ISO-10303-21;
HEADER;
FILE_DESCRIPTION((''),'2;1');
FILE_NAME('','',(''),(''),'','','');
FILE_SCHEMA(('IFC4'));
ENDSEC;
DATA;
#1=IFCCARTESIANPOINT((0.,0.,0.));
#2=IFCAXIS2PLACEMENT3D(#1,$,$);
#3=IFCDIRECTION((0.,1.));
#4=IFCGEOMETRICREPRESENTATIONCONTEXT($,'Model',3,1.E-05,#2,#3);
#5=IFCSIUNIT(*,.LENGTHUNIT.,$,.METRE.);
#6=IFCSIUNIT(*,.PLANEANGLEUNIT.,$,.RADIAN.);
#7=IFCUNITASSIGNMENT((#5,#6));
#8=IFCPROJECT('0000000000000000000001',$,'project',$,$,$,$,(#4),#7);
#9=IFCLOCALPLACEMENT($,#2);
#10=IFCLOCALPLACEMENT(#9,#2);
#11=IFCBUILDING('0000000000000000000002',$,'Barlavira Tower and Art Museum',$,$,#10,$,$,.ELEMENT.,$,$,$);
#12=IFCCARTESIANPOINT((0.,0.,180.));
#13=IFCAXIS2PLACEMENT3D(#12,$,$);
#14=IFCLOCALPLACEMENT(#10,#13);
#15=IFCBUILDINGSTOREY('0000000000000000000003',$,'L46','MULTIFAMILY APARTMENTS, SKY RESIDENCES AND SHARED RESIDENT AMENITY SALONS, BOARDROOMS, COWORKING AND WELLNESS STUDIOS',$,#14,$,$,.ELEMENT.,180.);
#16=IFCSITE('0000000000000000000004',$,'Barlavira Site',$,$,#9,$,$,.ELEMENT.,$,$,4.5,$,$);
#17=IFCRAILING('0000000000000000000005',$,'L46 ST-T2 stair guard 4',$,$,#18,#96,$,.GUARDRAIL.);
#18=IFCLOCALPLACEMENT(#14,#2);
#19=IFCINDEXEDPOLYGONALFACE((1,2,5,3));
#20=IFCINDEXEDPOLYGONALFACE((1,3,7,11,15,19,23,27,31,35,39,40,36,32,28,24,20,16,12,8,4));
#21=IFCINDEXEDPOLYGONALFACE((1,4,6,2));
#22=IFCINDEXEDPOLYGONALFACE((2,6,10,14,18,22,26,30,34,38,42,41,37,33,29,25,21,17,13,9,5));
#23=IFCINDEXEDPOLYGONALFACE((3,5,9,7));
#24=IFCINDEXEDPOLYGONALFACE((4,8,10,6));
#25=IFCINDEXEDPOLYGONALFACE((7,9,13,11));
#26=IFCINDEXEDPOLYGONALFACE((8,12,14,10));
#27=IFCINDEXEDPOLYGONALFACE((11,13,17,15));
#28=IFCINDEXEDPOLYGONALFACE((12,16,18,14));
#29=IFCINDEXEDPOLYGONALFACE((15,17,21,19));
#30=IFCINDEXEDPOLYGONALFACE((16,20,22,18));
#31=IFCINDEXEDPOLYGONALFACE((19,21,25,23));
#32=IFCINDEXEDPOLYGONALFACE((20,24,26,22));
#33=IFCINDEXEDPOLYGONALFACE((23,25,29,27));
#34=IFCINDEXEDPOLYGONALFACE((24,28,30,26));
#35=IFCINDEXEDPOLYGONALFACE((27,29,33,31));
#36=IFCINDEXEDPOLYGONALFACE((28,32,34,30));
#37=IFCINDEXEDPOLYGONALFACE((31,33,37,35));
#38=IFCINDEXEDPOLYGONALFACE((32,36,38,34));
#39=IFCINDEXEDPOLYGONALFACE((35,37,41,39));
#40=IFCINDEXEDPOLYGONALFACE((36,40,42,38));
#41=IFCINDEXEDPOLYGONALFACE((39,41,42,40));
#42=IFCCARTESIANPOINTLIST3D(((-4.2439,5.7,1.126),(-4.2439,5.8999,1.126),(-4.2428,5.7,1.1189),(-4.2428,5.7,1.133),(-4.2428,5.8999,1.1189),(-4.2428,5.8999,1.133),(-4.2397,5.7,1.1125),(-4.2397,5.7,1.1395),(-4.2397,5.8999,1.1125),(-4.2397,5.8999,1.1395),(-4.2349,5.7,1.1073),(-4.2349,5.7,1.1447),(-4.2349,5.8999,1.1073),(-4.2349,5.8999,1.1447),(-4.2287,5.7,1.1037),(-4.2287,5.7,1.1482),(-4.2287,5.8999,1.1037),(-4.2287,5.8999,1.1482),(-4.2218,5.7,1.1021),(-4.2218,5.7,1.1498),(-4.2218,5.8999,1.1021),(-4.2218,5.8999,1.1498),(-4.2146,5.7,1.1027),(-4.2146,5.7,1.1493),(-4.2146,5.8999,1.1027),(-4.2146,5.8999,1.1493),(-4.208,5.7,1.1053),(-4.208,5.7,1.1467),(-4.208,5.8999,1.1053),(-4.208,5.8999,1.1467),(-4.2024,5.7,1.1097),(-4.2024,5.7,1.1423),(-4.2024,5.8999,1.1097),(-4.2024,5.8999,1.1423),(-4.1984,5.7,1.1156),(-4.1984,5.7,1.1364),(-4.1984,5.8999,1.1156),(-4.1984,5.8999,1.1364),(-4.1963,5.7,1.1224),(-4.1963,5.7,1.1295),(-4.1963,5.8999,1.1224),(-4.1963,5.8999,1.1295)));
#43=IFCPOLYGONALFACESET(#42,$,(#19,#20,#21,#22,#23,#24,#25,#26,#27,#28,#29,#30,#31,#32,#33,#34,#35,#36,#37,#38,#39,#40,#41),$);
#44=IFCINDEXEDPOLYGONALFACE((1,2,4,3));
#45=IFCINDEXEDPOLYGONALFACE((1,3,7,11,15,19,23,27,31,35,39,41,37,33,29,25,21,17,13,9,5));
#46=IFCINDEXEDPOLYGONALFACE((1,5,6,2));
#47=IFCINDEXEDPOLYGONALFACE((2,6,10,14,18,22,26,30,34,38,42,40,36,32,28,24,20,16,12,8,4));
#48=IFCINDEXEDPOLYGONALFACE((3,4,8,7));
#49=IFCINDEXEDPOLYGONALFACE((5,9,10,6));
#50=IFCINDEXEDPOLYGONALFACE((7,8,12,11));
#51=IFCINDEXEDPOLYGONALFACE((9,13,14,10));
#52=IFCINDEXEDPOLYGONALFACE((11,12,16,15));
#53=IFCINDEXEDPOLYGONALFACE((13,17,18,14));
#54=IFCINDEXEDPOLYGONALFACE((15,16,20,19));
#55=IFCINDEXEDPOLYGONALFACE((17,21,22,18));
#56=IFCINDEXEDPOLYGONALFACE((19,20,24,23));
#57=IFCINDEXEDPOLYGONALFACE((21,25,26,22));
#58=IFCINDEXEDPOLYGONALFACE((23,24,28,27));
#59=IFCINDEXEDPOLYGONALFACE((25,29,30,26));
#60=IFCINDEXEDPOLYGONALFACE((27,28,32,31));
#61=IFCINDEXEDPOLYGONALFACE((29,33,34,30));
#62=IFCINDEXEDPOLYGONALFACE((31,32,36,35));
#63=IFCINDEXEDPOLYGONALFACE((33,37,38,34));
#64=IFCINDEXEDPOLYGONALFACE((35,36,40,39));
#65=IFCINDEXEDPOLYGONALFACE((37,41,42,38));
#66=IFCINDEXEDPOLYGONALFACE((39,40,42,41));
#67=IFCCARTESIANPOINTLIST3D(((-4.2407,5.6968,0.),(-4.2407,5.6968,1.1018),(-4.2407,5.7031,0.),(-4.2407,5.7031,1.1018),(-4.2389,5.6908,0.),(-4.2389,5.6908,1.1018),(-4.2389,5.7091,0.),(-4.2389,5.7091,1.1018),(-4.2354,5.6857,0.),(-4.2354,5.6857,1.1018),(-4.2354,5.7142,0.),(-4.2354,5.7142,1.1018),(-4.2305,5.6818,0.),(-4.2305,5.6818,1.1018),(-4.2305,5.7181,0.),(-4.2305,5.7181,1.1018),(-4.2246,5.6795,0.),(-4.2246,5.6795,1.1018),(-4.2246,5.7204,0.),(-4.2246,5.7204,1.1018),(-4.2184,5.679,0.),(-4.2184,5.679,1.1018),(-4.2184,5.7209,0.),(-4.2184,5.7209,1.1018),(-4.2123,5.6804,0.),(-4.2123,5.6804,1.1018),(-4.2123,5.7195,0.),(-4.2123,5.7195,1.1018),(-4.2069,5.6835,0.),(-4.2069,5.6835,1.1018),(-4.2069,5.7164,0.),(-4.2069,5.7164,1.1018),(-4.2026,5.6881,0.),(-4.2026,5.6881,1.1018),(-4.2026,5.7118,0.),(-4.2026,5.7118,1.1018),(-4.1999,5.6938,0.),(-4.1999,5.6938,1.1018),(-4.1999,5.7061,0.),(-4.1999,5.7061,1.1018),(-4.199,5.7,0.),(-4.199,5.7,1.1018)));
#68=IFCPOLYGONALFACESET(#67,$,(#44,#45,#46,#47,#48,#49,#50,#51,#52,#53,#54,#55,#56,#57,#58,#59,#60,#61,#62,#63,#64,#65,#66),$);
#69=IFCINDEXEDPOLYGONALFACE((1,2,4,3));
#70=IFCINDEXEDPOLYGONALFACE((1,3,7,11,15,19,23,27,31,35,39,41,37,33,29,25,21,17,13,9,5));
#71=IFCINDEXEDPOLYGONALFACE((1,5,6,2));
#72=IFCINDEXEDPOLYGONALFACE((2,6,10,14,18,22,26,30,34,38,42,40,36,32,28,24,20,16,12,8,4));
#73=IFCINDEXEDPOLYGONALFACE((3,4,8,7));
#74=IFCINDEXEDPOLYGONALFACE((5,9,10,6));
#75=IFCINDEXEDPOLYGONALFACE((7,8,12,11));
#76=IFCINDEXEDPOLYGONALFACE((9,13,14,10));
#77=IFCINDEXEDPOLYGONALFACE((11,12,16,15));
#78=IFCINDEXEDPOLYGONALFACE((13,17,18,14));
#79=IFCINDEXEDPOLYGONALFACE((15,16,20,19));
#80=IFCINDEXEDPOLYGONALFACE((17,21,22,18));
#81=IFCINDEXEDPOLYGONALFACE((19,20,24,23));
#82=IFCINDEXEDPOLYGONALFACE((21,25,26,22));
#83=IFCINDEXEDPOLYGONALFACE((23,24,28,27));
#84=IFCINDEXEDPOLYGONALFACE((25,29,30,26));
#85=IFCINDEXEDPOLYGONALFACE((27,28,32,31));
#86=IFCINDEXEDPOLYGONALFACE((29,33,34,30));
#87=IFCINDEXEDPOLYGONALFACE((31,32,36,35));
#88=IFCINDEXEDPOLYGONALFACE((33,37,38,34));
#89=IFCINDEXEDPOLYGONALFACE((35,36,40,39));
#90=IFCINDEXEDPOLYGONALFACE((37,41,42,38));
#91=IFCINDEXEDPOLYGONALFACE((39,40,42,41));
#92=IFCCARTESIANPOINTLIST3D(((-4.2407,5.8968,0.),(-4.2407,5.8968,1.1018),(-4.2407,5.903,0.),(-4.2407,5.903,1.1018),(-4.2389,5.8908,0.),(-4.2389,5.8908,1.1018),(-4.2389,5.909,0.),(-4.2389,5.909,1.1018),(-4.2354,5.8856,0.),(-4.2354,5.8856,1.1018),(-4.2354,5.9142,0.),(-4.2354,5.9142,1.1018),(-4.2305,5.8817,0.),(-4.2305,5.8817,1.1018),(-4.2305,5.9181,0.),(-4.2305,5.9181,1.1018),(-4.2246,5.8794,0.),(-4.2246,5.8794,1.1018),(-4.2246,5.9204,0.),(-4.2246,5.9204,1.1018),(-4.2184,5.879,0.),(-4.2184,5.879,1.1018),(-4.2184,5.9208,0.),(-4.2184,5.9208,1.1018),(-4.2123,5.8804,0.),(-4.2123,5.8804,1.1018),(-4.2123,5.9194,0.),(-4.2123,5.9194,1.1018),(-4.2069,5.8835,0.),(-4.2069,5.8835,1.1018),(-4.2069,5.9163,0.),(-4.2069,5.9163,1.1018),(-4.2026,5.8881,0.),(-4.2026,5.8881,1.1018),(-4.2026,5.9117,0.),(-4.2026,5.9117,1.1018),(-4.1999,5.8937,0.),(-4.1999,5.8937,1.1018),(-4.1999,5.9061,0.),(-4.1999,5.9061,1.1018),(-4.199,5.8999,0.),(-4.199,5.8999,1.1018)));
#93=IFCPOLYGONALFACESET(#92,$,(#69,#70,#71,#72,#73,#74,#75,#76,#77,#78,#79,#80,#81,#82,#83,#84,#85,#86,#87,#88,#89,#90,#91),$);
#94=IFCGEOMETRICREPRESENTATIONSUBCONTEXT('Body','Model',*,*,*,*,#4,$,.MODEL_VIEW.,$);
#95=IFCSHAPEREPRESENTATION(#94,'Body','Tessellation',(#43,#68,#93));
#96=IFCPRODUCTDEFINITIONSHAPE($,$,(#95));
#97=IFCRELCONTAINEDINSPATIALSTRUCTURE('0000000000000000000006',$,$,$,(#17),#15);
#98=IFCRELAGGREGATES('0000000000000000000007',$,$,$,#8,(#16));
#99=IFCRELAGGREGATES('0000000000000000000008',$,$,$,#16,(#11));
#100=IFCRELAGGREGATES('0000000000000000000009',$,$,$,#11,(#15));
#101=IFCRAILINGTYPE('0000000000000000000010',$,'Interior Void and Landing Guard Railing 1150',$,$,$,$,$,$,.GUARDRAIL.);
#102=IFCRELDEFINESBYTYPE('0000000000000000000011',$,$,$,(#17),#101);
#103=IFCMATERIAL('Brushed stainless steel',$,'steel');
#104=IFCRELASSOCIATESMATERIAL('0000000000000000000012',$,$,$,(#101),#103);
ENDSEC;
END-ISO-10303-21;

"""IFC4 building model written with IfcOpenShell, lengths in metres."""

from ifc_helpers import new_model, si_unit, direction, frame, origin, origin_2d, place, context, subcontext, project, spatial, circle, extrude, material, type_object, element, save


model = new_model("IFC4")

# Units and contexts
model_context = context("Model", 3, precision=1e-05, world=origin(), true_north=direction((0.0, 1.0)))
body_context = subcontext(model_context, "Body", "Model", "MODEL_VIEW")
ifc_project = project(units=[si_unit("LENGTHUNIT", "METRE"), si_unit("PLANEANGLEUNIT", "RADIAN")], contexts=[model_context])

# Site, building, storey
site_placement = place(None, origin())
site = spatial("IfcSite", under=ifc_project, at=site_placement, Name="Barlavira Site", CompositionType="ELEMENT", RefElevation=4.5)
building_placement = place(site_placement, origin())
building = spatial("IfcBuilding", under=site, at=building_placement, Name="Barlavira Tower and Art Museum", CompositionType="ELEMENT")
storey_placement = place(building_placement, frame((0.0, 0.0, 180.0)))
storey = spatial("IfcBuildingStorey", under=building, at=storey_placement, Name="L46", Description="MULTIFAMILY APARTMENTS, SKY RESIDENCES AND SHARED RESIDENT AMENITY SALONS, BOARDROOMS, COWORKING AND WELLNESS STUDIOS", CompositionType="ELEMENT", Elevation=180.0)

# Shared definitions
ifc_material_1 = material(Name="Brushed stainless steel", Category="steel")

# Railing
railing_type_1 = type_object("IfcRailingType", Name="Interior Void and Landing Guard Railing 1150", PredefinedType="GUARDRAIL", material=ifc_material_1)
railing_1_placement = place(storey_placement, frame((-4.22, 5.7, 0.0)))
element("IfcRailing", 1, at=railing_1_placement, inside=storey, type_object=railing_type_1, Name="L46 ST-T2 stair guard 4", PredefinedType="GUARDRAIL", context=body_context, shape_type="SweptSolid", body=[
    extrude(circle(Radius=0.0239, at=origin_2d()), frame((0.0, 0.0, 1.126), z_axis=(0.0, 1.0, 0.0), x_axis=(-1.0, 0.0, 0.0)), (0.0, 0.0, 1.0), 0.2),
    extrude(circle(Radius=0.021, at=origin_2d()), origin(), (0.0, 0.0, 1.0), 1.1018),
    extrude(circle(Radius=0.021, at=origin_2d()), frame((0.0, 0.2, 0.0)), (0.0, 0.0, 1.0), 1.1018),
])

save(model, "model.ifc")
